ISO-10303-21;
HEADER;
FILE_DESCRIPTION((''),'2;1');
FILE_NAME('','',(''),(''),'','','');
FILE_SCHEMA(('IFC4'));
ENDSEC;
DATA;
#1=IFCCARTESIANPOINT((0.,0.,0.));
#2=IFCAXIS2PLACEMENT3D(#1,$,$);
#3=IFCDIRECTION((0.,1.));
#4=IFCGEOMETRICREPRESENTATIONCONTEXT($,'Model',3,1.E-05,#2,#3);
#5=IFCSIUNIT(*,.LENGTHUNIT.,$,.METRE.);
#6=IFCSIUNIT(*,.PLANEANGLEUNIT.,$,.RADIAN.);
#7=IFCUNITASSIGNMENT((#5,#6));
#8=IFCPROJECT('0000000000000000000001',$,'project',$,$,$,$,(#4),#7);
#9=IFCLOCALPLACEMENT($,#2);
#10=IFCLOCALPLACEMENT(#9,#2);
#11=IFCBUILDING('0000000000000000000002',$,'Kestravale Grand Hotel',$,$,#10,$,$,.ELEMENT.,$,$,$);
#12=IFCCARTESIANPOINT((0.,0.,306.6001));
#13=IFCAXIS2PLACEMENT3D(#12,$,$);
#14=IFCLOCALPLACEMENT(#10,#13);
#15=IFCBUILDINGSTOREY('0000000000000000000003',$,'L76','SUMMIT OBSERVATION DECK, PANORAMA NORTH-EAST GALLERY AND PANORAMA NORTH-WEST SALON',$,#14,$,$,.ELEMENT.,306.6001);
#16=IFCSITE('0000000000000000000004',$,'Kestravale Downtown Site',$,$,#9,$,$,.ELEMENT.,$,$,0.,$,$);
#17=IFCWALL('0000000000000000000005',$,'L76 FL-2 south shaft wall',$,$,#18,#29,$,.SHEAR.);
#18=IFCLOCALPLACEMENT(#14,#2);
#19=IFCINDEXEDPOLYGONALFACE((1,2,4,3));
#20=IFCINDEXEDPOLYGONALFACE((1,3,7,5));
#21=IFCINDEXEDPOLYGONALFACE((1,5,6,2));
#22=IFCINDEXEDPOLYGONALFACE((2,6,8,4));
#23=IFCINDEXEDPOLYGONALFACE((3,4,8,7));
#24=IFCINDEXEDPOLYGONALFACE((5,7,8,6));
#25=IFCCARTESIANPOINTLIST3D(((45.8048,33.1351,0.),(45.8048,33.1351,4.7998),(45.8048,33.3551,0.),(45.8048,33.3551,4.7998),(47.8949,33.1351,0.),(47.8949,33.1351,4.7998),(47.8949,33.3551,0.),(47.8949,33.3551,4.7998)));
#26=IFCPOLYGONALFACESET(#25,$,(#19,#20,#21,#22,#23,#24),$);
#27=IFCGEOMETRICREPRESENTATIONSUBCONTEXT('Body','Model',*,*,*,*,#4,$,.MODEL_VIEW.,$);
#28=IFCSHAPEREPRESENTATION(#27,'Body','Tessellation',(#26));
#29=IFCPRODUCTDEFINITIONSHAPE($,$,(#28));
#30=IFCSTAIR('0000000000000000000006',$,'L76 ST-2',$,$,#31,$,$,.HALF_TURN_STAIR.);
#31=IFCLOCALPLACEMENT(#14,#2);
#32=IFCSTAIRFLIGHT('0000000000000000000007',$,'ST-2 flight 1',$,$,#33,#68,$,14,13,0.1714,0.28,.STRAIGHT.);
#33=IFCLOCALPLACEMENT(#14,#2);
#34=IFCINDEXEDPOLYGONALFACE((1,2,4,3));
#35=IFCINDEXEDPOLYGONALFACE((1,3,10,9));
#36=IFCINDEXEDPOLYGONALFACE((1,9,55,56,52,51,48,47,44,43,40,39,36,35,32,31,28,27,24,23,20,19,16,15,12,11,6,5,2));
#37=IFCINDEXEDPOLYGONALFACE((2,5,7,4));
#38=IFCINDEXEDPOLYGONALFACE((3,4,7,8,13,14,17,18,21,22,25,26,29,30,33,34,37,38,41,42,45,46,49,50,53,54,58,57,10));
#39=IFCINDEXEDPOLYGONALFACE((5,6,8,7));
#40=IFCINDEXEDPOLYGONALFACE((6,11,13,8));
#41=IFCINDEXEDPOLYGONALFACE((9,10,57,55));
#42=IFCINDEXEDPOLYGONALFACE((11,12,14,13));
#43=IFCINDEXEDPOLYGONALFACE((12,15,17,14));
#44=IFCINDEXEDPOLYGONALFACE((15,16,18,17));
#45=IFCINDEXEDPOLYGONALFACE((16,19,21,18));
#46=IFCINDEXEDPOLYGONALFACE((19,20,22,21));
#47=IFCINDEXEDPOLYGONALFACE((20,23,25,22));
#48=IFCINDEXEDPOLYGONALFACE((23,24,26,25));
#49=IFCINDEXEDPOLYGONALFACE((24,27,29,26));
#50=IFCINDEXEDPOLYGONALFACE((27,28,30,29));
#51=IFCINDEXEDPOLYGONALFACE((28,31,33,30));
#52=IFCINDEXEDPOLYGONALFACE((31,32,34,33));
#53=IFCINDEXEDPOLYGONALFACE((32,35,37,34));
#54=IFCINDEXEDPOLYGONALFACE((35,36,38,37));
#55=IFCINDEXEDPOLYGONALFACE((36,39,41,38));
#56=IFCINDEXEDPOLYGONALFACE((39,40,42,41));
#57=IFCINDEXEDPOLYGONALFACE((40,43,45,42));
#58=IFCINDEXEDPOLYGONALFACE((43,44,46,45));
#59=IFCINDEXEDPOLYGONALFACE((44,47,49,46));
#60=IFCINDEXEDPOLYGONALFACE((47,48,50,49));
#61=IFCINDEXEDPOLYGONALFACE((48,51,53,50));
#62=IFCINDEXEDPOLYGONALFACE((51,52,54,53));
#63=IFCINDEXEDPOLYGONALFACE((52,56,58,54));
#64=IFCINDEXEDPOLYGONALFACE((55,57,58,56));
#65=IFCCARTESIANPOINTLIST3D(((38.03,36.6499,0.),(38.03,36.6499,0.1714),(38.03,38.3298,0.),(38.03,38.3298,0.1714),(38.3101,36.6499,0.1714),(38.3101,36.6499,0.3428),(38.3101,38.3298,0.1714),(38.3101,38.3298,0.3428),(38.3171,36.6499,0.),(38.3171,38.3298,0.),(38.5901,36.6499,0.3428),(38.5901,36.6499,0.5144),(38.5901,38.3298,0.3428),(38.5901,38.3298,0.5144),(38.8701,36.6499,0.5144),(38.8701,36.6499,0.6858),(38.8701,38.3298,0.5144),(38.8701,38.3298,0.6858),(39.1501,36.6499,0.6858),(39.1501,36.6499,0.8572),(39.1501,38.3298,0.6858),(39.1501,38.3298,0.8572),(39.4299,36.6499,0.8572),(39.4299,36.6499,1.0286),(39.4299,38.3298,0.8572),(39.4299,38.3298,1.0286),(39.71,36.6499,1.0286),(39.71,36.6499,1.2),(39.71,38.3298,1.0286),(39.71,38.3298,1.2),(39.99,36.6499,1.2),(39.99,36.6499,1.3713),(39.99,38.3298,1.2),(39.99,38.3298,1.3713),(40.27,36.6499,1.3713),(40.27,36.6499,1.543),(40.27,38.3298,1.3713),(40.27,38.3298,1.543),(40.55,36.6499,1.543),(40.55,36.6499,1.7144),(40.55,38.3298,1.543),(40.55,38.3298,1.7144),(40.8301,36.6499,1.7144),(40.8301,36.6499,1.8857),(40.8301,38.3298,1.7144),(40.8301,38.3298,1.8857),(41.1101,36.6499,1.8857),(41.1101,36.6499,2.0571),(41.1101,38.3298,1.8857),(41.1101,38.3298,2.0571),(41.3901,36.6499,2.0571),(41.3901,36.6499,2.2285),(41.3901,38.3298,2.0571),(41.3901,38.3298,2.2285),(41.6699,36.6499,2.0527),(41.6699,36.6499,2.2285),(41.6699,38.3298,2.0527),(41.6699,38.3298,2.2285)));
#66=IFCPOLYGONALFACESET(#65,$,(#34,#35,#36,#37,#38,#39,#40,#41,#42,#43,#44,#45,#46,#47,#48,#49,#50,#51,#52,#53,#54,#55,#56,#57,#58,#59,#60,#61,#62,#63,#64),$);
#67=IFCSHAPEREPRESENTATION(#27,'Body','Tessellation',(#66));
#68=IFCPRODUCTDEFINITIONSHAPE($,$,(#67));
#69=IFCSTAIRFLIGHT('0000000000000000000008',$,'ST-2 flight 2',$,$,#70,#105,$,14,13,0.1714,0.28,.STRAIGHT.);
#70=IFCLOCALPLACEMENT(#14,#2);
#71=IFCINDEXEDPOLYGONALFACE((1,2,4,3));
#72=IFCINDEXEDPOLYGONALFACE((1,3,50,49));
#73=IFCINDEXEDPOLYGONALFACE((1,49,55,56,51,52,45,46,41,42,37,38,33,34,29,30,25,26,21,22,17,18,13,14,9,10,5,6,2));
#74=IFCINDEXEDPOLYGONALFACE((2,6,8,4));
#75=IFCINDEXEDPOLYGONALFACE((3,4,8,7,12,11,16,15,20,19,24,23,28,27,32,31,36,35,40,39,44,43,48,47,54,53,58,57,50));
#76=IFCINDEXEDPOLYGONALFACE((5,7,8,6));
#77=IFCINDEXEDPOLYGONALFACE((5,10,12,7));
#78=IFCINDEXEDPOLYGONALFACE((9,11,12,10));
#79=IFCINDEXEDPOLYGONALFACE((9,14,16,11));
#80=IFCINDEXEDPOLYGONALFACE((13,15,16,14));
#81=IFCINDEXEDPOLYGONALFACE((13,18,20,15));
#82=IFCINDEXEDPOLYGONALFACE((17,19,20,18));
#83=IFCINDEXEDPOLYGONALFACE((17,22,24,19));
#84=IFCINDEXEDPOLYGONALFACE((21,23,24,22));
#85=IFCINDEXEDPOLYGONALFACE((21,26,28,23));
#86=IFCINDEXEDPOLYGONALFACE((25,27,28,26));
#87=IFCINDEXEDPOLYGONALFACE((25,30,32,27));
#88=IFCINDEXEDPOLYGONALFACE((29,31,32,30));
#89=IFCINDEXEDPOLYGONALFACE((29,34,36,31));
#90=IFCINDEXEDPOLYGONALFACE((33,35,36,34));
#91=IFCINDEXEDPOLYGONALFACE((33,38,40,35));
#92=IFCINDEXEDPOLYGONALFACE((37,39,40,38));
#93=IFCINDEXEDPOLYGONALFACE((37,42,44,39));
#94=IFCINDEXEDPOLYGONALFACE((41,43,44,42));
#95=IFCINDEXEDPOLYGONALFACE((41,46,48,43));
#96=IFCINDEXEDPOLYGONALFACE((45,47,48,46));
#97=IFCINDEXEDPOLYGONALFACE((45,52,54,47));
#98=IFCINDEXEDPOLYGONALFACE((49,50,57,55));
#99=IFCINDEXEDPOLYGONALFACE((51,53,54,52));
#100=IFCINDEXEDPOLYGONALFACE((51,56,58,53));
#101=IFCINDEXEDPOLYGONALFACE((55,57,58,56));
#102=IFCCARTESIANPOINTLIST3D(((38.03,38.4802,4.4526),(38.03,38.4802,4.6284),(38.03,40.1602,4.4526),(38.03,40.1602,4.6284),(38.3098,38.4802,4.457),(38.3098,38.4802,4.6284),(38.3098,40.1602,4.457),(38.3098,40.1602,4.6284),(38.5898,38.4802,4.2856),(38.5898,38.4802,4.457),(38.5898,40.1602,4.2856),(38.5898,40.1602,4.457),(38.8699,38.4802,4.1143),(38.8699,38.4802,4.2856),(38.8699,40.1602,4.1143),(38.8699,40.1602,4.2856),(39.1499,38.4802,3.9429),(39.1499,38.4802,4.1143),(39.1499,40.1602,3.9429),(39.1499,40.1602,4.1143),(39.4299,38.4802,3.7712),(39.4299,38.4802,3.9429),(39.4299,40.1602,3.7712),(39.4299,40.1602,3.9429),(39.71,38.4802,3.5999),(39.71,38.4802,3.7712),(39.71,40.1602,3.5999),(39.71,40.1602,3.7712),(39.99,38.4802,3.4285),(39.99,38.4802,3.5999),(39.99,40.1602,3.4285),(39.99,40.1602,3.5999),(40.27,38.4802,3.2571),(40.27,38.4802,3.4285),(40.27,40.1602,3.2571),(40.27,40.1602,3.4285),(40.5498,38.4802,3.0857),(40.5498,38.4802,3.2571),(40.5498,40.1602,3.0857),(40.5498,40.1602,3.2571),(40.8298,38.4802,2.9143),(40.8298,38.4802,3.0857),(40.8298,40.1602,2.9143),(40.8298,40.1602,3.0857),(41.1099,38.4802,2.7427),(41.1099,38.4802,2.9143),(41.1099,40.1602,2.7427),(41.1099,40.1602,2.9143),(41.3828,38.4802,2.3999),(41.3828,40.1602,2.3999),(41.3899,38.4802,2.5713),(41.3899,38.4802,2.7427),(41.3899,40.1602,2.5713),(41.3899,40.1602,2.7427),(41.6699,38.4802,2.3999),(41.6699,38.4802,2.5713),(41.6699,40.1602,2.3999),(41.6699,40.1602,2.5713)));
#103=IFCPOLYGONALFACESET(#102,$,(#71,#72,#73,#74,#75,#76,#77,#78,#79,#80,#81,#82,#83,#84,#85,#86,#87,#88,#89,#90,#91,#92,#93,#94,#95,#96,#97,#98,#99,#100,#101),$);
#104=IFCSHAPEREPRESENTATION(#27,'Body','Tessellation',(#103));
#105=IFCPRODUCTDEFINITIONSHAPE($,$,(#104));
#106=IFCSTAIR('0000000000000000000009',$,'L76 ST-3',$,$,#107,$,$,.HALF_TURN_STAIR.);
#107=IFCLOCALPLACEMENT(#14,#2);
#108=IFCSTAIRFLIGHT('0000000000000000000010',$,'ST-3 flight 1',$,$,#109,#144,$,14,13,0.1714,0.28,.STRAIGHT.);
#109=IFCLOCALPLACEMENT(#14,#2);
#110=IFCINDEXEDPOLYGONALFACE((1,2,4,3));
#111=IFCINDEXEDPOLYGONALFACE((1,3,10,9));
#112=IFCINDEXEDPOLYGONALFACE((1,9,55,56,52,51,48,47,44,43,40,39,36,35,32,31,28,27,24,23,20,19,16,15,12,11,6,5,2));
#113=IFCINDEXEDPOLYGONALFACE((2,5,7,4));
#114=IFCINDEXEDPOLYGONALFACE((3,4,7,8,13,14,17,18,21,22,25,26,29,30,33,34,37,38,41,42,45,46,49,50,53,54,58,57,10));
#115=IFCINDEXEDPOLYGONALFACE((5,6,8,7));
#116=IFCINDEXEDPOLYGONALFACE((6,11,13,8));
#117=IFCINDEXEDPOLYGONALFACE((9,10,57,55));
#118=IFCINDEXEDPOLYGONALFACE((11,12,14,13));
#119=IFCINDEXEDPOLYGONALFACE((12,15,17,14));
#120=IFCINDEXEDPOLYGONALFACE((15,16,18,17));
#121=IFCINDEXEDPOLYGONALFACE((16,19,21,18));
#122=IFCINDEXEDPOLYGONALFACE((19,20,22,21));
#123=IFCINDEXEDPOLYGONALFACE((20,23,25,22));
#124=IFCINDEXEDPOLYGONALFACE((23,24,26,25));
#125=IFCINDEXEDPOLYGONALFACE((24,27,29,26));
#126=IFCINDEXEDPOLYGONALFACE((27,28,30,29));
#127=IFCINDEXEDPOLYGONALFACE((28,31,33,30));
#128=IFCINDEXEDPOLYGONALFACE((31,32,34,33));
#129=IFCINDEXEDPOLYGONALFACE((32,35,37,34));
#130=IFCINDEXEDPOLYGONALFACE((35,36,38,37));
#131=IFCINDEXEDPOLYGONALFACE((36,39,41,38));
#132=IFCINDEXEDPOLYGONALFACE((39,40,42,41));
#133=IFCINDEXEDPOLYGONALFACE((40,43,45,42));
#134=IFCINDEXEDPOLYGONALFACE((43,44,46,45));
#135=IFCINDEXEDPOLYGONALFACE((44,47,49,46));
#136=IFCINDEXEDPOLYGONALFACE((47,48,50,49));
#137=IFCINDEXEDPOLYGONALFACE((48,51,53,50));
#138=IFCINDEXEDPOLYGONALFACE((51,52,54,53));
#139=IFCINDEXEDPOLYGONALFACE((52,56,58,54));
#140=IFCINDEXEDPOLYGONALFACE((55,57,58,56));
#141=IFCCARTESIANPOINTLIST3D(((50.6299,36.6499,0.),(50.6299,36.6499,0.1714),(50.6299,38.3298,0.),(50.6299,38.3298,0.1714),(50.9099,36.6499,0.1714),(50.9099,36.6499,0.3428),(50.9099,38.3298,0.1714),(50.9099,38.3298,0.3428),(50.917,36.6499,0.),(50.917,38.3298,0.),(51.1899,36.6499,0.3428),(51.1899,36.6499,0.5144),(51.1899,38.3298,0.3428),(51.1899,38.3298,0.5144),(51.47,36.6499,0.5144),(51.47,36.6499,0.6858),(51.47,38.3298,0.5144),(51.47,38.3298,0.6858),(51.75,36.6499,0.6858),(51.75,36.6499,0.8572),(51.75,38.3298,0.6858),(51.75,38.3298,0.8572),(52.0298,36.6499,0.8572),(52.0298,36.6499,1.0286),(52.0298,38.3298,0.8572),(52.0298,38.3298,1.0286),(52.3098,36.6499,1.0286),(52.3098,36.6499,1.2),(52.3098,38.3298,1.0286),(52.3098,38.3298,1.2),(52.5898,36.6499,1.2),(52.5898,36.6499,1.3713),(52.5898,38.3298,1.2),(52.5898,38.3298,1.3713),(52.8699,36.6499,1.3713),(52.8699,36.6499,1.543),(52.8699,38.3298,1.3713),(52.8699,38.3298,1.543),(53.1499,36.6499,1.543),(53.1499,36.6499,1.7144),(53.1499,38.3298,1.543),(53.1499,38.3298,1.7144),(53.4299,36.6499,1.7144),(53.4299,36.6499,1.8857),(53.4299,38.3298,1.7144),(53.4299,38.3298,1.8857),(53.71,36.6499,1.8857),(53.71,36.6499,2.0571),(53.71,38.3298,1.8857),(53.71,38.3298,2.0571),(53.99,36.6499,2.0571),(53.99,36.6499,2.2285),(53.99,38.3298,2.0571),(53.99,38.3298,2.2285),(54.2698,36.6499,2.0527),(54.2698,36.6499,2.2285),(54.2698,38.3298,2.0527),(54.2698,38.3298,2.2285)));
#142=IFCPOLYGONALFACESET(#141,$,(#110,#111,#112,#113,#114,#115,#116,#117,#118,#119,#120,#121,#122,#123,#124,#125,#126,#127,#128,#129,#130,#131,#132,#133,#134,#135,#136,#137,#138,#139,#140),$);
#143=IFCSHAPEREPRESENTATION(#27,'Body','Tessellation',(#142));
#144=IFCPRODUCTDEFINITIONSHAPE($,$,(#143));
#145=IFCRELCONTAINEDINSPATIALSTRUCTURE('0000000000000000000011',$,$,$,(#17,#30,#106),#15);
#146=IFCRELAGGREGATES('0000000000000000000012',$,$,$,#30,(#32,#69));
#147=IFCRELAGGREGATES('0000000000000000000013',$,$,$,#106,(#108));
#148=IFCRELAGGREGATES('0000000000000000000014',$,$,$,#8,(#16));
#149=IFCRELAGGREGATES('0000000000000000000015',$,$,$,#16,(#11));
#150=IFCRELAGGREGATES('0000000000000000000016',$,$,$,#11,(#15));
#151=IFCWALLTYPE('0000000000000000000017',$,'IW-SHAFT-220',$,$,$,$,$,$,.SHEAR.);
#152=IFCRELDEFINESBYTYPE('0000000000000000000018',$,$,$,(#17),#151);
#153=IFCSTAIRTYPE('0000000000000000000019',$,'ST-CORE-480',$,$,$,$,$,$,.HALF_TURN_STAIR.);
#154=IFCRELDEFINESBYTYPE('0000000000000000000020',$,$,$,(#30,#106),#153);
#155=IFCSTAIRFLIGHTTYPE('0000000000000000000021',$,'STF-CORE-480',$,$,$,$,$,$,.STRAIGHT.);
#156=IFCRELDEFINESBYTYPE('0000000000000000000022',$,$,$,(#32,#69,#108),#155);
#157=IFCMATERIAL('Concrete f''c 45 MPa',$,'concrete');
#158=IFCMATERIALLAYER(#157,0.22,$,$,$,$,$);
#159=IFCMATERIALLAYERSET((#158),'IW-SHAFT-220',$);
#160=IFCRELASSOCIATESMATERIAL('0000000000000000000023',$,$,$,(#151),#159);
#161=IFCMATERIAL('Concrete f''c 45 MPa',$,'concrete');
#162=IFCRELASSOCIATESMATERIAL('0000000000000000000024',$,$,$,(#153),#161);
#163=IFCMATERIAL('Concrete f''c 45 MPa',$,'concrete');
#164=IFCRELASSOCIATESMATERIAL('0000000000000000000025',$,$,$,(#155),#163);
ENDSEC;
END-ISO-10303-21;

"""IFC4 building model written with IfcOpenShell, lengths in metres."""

from ifc_helpers import new_model, si_unit, direction, frame, frame_2d, origin, place, context, subcontext, project, spatial, polyline, rectangle, outline, extrude, material, layer, layer_set, type_object, element, aggregate, save


model = new_model("IFC4")

# Units and contexts
model_context = context("Model", 3, precision=1e-05, world=origin(), true_north=direction((0.0, 1.0)))
body_context = subcontext(model_context, "Body", "Model", "MODEL_VIEW")
ifc_project = project(units=[si_unit("LENGTHUNIT", "METRE"), si_unit("PLANEANGLEUNIT", "RADIAN")], contexts=[model_context])

# Site, building, storey
site_placement = place(None, origin())
site = spatial("IfcSite", under=ifc_project, at=site_placement, Name="Kestravale Downtown Site", CompositionType="ELEMENT", RefElevation=0.0)
building_placement = place(site_placement, origin())
building = spatial("IfcBuilding", under=site, at=building_placement, Name="Kestravale Grand Hotel", CompositionType="ELEMENT")
storey_placement = place(building_placement, frame((0.0, 0.0, 306.6001)))
storey = spatial("IfcBuildingStorey", under=building, at=storey_placement, Name="L76", Description="SUMMIT OBSERVATION DECK, PANORAMA NORTH-EAST GALLERY AND PANORAMA NORTH-WEST SALON", CompositionType="ELEMENT", Elevation=306.6001)

# Shared definitions
ifc_material_1 = material(Name="Concrete f'c 45 MPa", Category="concrete")
ifc_layer_1 = layer(ifc_material_1, 0.22)
ifc_layer_set_1 = layer_set([ifc_layer_1], Name="IW-SHAFT-220")
wall_type_1 = type_object("IfcWallType", Name="IW-SHAFT-220", PredefinedType="SHEAR", material=ifc_layer_set_1)

# Wall
wall_1_placement = place(storey_placement, frame((45.8049, 33.2451, 0.0), z_axis=(0.0, 0.0, 1.0), x_axis=(1.0, 0.0, 0.0)))
element("IfcWall", 1, at=wall_1_placement, inside=storey, type_object=wall_type_1, Name="L76 FL-2 south shaft wall", PredefinedType="SHEAR", context=body_context, shape_type="SweptSolid", body=[
    extrude(rectangle(XDim=2.0901, YDim=0.22, at=frame_2d((1.0449, 0.0))), origin(), (0.0, 0.0, 1.0), 4.7998),
])

# Stair, stair flights
ifc_material_2 = material(Name="Concrete f'c 45 MPa", Category="concrete")
stair_type = type_object("IfcStairType", Name="ST-CORE-480", PredefinedType="HALF_TURN_STAIR", material=ifc_material_2)
stair_1_placement = place(storey_placement, origin())
stair_1 = element("IfcStair", 2, at=stair_1_placement, inside=storey, type_object=stair_type, Name="L76 ST-2", PredefinedType="HALF_TURN_STAIR")
ifc_material_3 = material(Name="Concrete f'c 45 MPa", Category="concrete")
stair_flight_type = type_object("IfcStairFlightType", Name="STF-CORE-480", PredefinedType="STRAIGHT", material=ifc_material_3)
stair_flight_1_placement = place(storey_placement, frame((38.03, 37.49, 0.0), z_axis=(0.0, 0.0, 1.0), x_axis=(1.0, 0.0, 0.0)))
stair_flight_1 = element("IfcStairFlight", 3, at=stair_flight_1_placement, type_object=stair_flight_type, Name="ST-2 flight 1", NumberOfRisers=14, NumberOfTreads=13, PredefinedType="STRAIGHT", RiserHeight=0.1714, TreadLength=0.28, context=body_context, shape_type="SweptSolid", body=[
    extrude(outline(polyline([(0.0, 0.0), (0.0, 0.1714), (0.28, 0.1714), (0.28, 0.3428), (0.5601, 0.3428), (0.5601, 0.5144), (0.8401, 0.5144), (0.8401, 0.6858), (1.1201, 0.6858), (1.1201, 0.8572), (1.3999, 0.8572), (1.3999, 1.0286), (1.6799, 1.0286), (1.6799, 1.2), (1.96, 1.2), (1.96, 1.3713), (2.24, 1.3713), (2.24, 1.543), (2.52, 1.543), (2.52, 1.7144), (2.8, 1.7144), (2.8, 1.8857), (3.0801, 1.8857), (3.0801, 2.0571), (3.3601, 2.0571), (3.3601, 2.2285), (3.6399, 2.2285), (3.6399, 2.3999), (3.6399, 2.0527), (0.2871, 0.0), (0.0, 0.0)])), frame((0.0, 0.8398, 0.0), z_axis=(0.0, -1.0, 0.0), x_axis=(1.0, 0.0, 0.0)), (0.0, 0.0, 1.0), 1.6799),
])
stair_flight_2_placement = place(storey_placement, frame((41.6699, 39.3201, 2.3999), z_axis=(0.0, 0.0, 1.0), x_axis=(-1.0, 0.0, 0.0)))
stair_flight_2 = element("IfcStairFlight", 4, at=stair_flight_2_placement, type_object=stair_flight_type, Name="ST-2 flight 2", NumberOfRisers=14, NumberOfTreads=13, PredefinedType="STRAIGHT", RiserHeight=0.1714, TreadLength=0.28, context=body_context, shape_type="SweptSolid", body=[
    extrude(outline(polyline([(0.0, 0.0), (0.0, 0.1714), (0.28, 0.1714), (0.28, 0.3428), (0.5601, 0.3428), (0.5601, 0.5144), (0.8401, 0.5144), (0.8401, 0.6858), (1.1201, 0.6858), (1.1201, 0.8572), (1.3999, 0.8572), (1.3999, 1.0286), (1.6799, 1.0286), (1.6799, 1.2), (1.96, 1.2), (1.96, 1.3713), (2.24, 1.3713), (2.24, 1.543), (2.52, 1.543), (2.52, 1.7144), (2.8, 1.7144), (2.8, 1.8857), (3.0801, 1.8857), (3.0801, 2.0571), (3.3601, 2.0571), (3.3601, 2.2285), (3.6399, 2.2285), (3.6399, 2.3999), (3.6399, 2.0527), (0.2871, 0.0), (0.0, 0.0)])), frame((0.0, 0.8398, 0.0), z_axis=(0.0, -1.0, 0.0), x_axis=(1.0, 0.0, 0.0)), (0.0, 0.0, 1.0), 1.6799),
])
aggregate(stair_1, [stair_flight_1, stair_flight_2])

# Stair, stair flight
stair_2_placement = place(storey_placement, origin())
stair_2 = element("IfcStair", 5, at=stair_2_placement, inside=storey, type_object=stair_type, Name="L76 ST-3", PredefinedType="HALF_TURN_STAIR")
stair_flight_3_placement = place(storey_placement, frame((50.6299, 37.49, 0.0), z_axis=(0.0, 0.0, 1.0), x_axis=(1.0, 0.0, 0.0)))
stair_flight_3 = element("IfcStairFlight", 6, at=stair_flight_3_placement, type_object=stair_flight_type, Name="ST-3 flight 1", NumberOfRisers=14, NumberOfTreads=13, PredefinedType="STRAIGHT", RiserHeight=0.1714, TreadLength=0.28, context=body_context, shape_type="SweptSolid", body=[
    extrude(outline(polyline([(0.0, 0.0), (0.0, 0.1714), (0.28, 0.1714), (0.28, 0.3428), (0.5601, 0.3428), (0.5601, 0.5144), (0.8401, 0.5144), (0.8401, 0.6858), (1.1201, 0.6858), (1.1201, 0.8572), (1.3999, 0.8572), (1.3999, 1.0286), (1.6799, 1.0286), (1.6799, 1.2), (1.96, 1.2), (1.96, 1.3713), (2.24, 1.3713), (2.24, 1.543), (2.52, 1.543), (2.52, 1.7144), (2.8, 1.7144), (2.8, 1.8857), (3.0801, 1.8857), (3.0801, 2.0571), (3.3601, 2.0571), (3.3601, 2.2285), (3.6399, 2.2285), (3.6399, 2.3999), (3.6399, 2.0527), (0.2871, 0.0), (0.0, 0.0)])), frame((0.0, 0.8398, 0.0), z_axis=(0.0, -1.0, 0.0), x_axis=(1.0, 0.0, 0.0)), (0.0, 0.0, 1.0), 1.6799),
])
aggregate(stair_2, [stair_flight_3])

save(model, "model.ifc")
